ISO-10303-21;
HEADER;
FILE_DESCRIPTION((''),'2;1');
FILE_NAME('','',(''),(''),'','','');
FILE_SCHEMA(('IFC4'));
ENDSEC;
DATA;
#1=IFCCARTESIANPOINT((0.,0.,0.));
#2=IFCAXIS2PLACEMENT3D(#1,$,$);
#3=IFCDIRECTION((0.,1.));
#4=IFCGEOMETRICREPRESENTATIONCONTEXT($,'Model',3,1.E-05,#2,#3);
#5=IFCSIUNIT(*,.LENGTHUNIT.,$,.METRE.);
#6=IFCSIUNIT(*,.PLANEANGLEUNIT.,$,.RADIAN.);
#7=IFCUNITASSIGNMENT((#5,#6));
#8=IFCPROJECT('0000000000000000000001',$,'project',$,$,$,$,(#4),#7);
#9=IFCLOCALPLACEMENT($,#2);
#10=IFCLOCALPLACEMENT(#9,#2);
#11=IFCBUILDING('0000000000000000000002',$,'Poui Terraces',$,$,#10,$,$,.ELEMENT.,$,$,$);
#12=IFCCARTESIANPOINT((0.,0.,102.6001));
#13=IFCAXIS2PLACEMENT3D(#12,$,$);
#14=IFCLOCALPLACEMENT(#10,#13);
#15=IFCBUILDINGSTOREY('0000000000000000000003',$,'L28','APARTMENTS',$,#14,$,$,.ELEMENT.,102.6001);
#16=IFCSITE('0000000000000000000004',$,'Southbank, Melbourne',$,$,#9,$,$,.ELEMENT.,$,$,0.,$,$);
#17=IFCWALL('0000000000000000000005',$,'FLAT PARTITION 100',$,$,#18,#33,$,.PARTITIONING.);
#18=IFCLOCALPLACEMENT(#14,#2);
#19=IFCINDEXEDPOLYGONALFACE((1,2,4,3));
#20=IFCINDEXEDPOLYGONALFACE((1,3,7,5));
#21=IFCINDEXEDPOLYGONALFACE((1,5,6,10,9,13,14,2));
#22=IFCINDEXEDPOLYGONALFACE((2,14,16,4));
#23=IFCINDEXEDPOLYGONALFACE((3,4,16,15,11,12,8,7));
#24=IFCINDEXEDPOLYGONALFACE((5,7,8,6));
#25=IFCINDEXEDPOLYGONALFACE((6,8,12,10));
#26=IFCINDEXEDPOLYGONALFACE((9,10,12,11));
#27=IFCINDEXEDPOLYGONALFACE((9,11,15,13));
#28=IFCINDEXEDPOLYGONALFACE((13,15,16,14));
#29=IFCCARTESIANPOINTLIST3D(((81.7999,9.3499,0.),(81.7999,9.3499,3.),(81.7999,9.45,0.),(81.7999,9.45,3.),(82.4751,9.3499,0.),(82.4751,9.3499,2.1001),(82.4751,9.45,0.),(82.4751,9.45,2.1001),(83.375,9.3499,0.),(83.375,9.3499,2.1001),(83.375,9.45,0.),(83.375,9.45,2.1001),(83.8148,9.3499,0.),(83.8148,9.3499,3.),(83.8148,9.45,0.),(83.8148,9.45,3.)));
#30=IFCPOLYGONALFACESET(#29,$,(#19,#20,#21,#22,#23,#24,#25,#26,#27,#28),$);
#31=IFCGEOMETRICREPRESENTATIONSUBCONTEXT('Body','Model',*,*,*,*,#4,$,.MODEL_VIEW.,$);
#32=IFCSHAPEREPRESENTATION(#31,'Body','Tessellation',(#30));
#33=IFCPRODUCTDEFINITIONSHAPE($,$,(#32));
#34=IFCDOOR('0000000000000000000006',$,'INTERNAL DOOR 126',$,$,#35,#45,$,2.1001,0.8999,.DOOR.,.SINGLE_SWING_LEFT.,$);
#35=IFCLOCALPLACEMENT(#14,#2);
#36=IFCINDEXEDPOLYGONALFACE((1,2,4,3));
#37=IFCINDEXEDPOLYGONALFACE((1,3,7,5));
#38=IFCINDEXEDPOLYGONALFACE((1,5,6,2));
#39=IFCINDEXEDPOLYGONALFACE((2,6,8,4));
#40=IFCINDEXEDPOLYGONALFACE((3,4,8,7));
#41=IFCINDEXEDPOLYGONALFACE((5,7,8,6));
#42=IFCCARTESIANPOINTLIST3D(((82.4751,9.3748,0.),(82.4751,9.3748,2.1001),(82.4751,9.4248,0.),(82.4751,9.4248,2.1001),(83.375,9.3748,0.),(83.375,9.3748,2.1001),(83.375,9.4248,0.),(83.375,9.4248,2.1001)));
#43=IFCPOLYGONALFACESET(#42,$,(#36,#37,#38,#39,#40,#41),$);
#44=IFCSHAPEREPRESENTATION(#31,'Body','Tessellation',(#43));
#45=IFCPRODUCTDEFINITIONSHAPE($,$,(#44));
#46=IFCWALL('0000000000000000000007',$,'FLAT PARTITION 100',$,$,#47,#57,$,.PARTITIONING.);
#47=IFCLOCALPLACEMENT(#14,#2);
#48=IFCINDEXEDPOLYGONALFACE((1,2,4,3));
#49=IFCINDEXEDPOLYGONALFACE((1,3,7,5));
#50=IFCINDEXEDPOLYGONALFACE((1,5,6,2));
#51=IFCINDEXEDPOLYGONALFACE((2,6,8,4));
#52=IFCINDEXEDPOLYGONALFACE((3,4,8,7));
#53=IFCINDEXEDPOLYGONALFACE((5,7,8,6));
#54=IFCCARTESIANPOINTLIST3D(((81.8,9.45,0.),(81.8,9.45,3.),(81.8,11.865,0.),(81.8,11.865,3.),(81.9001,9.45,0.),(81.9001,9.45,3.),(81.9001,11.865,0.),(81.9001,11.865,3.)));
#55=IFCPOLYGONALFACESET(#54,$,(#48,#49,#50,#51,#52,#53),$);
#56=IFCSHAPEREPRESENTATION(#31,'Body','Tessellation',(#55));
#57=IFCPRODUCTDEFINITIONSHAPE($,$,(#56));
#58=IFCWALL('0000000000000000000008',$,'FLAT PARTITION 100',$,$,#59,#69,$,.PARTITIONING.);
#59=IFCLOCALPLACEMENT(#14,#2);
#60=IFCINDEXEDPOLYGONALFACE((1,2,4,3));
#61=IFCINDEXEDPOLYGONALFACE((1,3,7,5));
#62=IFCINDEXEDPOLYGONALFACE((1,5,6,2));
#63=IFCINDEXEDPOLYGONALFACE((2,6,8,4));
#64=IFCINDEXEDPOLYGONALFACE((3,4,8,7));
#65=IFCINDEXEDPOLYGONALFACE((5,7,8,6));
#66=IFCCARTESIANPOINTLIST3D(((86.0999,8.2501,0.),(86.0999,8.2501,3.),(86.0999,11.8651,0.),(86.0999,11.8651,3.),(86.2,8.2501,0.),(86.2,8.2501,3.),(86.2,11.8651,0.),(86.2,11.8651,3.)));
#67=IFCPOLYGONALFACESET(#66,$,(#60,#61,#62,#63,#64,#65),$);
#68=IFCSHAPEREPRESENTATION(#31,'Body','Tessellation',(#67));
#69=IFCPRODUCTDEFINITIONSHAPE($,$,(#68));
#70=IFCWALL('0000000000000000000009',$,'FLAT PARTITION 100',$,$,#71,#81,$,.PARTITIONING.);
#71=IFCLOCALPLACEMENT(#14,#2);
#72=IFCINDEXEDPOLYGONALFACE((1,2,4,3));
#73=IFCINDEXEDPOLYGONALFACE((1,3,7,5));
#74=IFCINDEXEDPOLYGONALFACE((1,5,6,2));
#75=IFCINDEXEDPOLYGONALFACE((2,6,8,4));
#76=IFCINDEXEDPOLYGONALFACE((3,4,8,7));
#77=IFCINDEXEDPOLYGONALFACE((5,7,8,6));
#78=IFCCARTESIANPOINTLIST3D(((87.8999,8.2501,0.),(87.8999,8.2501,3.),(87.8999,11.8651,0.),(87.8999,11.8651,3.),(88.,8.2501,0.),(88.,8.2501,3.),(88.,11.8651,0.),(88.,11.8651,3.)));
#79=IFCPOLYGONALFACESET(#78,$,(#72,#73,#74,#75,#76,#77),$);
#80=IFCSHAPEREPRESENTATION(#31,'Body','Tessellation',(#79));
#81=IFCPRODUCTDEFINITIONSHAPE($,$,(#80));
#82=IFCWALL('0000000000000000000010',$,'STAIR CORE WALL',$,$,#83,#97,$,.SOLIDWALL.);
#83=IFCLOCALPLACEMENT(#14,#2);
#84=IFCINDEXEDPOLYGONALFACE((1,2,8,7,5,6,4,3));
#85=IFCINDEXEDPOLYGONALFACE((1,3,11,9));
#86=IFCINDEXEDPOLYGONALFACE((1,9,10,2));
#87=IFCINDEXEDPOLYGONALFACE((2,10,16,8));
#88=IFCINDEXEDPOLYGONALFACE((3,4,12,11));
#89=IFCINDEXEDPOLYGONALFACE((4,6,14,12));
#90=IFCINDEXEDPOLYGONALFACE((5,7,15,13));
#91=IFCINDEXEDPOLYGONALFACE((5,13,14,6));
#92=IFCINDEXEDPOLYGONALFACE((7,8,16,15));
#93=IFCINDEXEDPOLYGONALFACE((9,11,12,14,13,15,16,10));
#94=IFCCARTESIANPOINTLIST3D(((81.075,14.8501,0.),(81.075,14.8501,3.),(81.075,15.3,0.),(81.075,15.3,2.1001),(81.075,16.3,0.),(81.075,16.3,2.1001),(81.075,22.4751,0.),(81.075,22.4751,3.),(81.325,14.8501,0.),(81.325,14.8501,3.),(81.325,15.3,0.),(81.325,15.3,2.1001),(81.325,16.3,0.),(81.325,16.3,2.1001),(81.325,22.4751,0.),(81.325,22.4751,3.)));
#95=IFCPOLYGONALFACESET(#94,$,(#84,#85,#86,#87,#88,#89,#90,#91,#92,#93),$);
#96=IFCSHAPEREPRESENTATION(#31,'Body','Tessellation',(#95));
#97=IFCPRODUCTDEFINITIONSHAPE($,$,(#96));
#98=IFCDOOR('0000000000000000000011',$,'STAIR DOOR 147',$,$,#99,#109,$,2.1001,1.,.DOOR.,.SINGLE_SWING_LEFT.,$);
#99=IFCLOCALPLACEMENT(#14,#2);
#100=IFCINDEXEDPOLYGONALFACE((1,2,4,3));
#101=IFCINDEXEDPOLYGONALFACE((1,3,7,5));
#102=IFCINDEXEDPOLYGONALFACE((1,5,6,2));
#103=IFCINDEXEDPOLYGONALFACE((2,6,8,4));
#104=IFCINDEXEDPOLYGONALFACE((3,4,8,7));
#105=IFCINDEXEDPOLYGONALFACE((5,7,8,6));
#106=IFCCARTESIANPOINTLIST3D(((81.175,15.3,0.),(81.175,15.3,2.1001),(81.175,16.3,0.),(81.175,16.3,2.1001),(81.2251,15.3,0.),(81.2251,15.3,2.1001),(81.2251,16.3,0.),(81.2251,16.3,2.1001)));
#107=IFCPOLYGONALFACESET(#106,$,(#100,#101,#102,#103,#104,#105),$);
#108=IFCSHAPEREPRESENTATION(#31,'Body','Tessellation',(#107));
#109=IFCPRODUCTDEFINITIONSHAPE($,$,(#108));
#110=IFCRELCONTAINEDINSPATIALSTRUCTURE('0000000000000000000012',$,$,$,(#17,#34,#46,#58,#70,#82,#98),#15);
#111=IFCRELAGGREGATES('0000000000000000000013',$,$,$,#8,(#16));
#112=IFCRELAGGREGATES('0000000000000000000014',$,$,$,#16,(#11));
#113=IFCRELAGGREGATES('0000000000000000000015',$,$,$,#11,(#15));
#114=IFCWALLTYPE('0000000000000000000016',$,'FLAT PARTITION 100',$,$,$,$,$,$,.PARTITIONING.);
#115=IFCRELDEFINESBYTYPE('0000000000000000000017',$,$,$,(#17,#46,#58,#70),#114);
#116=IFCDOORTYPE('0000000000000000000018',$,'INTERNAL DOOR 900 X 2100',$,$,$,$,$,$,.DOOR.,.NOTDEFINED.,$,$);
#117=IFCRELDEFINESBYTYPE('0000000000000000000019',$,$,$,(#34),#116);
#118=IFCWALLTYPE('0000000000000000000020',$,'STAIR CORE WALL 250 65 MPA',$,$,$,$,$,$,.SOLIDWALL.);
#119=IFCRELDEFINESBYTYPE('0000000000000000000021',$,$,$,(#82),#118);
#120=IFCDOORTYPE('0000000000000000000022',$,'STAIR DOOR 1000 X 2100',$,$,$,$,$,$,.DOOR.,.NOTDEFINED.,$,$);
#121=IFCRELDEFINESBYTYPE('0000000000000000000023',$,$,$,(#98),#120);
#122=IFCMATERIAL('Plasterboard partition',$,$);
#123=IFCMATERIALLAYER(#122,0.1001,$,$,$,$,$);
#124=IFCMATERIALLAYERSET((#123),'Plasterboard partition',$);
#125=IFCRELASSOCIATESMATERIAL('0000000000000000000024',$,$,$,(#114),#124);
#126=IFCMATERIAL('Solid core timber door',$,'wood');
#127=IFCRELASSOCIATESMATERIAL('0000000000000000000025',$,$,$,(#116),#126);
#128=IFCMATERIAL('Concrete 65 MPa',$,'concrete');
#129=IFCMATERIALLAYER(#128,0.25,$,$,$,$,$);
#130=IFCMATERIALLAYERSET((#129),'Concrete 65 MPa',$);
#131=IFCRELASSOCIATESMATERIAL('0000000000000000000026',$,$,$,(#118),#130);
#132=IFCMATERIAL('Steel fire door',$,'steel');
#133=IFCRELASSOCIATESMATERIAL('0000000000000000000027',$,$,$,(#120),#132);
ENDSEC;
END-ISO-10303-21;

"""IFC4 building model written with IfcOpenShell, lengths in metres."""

from ifc_helpers import new_model, si_unit, direction, frame, frame_2d, origin, place, context, subcontext, project, spatial, rectangle, extrude, material, layer, layer_set, type_object, element, fill, save


model = new_model("IFC4")

# Units and contexts
model_context = context("Model", 3, precision=1e-05, world=origin(), true_north=direction((0.0, 1.0)))
body_context = subcontext(model_context, "Body", "Model", "MODEL_VIEW")
ifc_project = project(units=[si_unit("LENGTHUNIT", "METRE"), si_unit("PLANEANGLEUNIT", "RADIAN")], contexts=[model_context])

# Site, building, storey
site_placement = place(None, origin())
site = spatial("IfcSite", under=ifc_project, at=site_placement, Name="Southbank, Melbourne", CompositionType="ELEMENT", RefElevation=0.0)
building_placement = place(site_placement, origin())
building = spatial("IfcBuilding", under=site, at=building_placement, Name="Poui Terraces", CompositionType="ELEMENT")
storey_placement = place(building_placement, frame((0.0, 0.0, 102.6001)))
storey = spatial("IfcBuildingStorey", under=building, at=storey_placement, Name="L28", Description="APARTMENTS", CompositionType="ELEMENT", Elevation=102.6001)

# Shared definitions
ifc_material_1 = material(Name="Concrete 65 MPa", Category="concrete")

# Wall, opening, door
ifc_material_2 = material(Name="Steel fire door", Category="steel")
ifc_material_3 = material(Name="Solid core timber door", Category="wood")
ifc_material_4 = material(Name="Plasterboard partition")
ifc_layer_1 = layer(ifc_material_4, 0.1001)
ifc_layer_set_1 = layer_set([ifc_layer_1], Name="Plasterboard partition")
wall_type_1 = type_object("IfcWallType", Name="FLAT PARTITION 100", PredefinedType="PARTITIONING", material=ifc_layer_set_1)
wall_1_placement = place(storey_placement, frame((81.8, 9.3999, 0.0), z_axis=(0.0, 0.0, 1.0), x_axis=(1.0, 0.0, 0.0)))
wall_1 = element("IfcWall", 1, at=wall_1_placement, inside=storey, type_object=wall_type_1, Name="FLAT PARTITION 100", PredefinedType="PARTITIONING", context=body_context, shape_type="SweptSolid", body=[
    extrude(rectangle(XDim=2.0149, YDim=0.1001, at=frame_2d((1.0073, 0.0))), origin(), (0.0, 0.0, 1.0), 3.0),
])
opening_1_placement = place(wall_1_placement, frame((0.675, 0.0, 0.0)))
opening_1 = element("IfcOpeningElement", 2, at=opening_1_placement, cuts=wall_1, PredefinedType="OPENING", context=body_context, shape_type="SweptSolid", body=[
    extrude(rectangle(XDim=0.8999, YDim=2.1001, at=frame_2d((0.45, 1.05))), frame((0.0, 0.0601, 0.0), z_axis=(0.0, -1.0, 0.0), x_axis=(1.0, 0.0, 0.0)), (0.0, 0.0, 1.0), 0.1201),
])
door_type_1 = type_object("IfcDoorType", Name="INTERNAL DOOR 900 X 2100", OperationType="NOTDEFINED", PredefinedType="DOOR", material=ifc_material_3)
door_1_placement = place(opening_1_placement, origin())
door_1 = element("IfcDoor", 3, at=door_1_placement, inside=storey, type_object=door_type_1, Name="INTERNAL DOOR 126", OperationType="SINGLE_SWING_LEFT", OverallHeight=2.1001, OverallWidth=0.8999, PredefinedType="DOOR", context=body_context, shape_type="SweptSolid", body=[
    extrude(rectangle(XDim=0.8999, YDim=2.1001, at=frame_2d((0.45, 1.05))), frame((0.0, 0.0249, 0.0), z_axis=(0.0, -1.0, 0.0), x_axis=(1.0, 0.0, 0.0)), (0.0, 0.0, 1.0), 0.05),
])
fill(opening_1, door_1)

# Walls
wall_2_placement = place(storey_placement, frame((81.8501, 9.45, 0.0), z_axis=(0.0, 0.0, 1.0), x_axis=(0.0, 1.0, 0.0)))
element("IfcWall", 4, at=wall_2_placement, inside=storey, type_object=wall_type_1, Name="FLAT PARTITION 100", PredefinedType="PARTITIONING", context=body_context, shape_type="SweptSolid", body=[
    extrude(rectangle(XDim=2.415, YDim=0.1001, at=frame_2d((1.2075, 0.0))), origin(), (0.0, 0.0, 1.0), 3.0),
])
for number, where, z_axis, x_axis, name in (
    (5, (86.1499, 8.25, 0.0), (0.0, 0.0, 1.0), (0.0, 1.0, 0.0), "FLAT PARTITION 100"),
    (6, (87.95, 8.25, 0.0), (0.0, 0.0, 1.0), (0.0, 1.0, 0.0), "FLAT PARTITION 100"),
):
    element("IfcWall", number, at=place(storey_placement, frame(where, z_axis=z_axis, x_axis=x_axis)), inside=storey, type_object=wall_type_1, Name=name, PredefinedType="PARTITIONING", context=body_context, shape_type="SweptSolid", body=[
        extrude(rectangle(XDim=3.615, YDim=0.1001, at=frame_2d((1.8076, 0.0))), origin(), (0.0, 0.0, 1.0), 3.0),
    ])

# Wall, opening, door
ifc_layer_2 = layer(ifc_material_1, 0.25)
ifc_layer_set_2 = layer_set([ifc_layer_2], Name="Concrete 65 MPa")
wall_type_2 = type_object("IfcWallType", Name="STAIR CORE WALL 250 65 MPA", PredefinedType="SOLIDWALL", material=ifc_layer_set_2)
wall_3_placement = place(storey_placement, frame((81.2, 14.8501, 0.0), z_axis=(0.0, 0.0, 1.0), x_axis=(0.0, 1.0, 0.0)))
wall_3 = element("IfcWall", 7, at=wall_3_placement, inside=storey, type_object=wall_type_2, Name="STAIR CORE WALL", PredefinedType="SOLIDWALL", context=body_context, shape_type="SweptSolid", body=[
    extrude(rectangle(XDim=7.625, YDim=0.25, at=frame_2d((3.8125, 0.0))), origin(), (0.0, 0.0, 1.0), 3.0),
])
opening_2_placement = place(wall_3_placement, frame((0.45, 0.0, 0.0)))
opening_2 = element("IfcOpeningElement", 8, at=opening_2_placement, cuts=wall_3, PredefinedType="OPENING", context=body_context, shape_type="SweptSolid", body=[
    extrude(rectangle(XDim=1.0, YDim=2.1001, at=frame_2d((0.5, 1.05))), frame((0.0, 0.135, 0.0), z_axis=(0.0, -1.0, 0.0), x_axis=(1.0, 0.0, 0.0)), (0.0, 0.0, 1.0), 0.27),
])
door_type_2 = type_object("IfcDoorType", Name="STAIR DOOR 1000 X 2100", OperationType="NOTDEFINED", PredefinedType="DOOR", material=ifc_material_2)
door_2_placement = place(opening_2_placement, origin())
door_2 = element("IfcDoor", 9, at=door_2_placement, inside=storey, type_object=door_type_2, Name="STAIR DOOR 147", OperationType="SINGLE_SWING_LEFT", OverallHeight=2.1001, OverallWidth=1.0, PredefinedType="DOOR", context=body_context, shape_type="SweptSolid", body=[
    extrude(rectangle(XDim=1.0, YDim=2.1001, at=frame_2d((0.5, 1.05))), frame((0.0, 0.0249, 0.0), z_axis=(0.0, -1.0, 0.0), x_axis=(1.0, 0.0, 0.0)), (0.0, 0.0, 1.0), 0.05),
])
fill(opening_2, door_2)

save(model, "model.ifc")
